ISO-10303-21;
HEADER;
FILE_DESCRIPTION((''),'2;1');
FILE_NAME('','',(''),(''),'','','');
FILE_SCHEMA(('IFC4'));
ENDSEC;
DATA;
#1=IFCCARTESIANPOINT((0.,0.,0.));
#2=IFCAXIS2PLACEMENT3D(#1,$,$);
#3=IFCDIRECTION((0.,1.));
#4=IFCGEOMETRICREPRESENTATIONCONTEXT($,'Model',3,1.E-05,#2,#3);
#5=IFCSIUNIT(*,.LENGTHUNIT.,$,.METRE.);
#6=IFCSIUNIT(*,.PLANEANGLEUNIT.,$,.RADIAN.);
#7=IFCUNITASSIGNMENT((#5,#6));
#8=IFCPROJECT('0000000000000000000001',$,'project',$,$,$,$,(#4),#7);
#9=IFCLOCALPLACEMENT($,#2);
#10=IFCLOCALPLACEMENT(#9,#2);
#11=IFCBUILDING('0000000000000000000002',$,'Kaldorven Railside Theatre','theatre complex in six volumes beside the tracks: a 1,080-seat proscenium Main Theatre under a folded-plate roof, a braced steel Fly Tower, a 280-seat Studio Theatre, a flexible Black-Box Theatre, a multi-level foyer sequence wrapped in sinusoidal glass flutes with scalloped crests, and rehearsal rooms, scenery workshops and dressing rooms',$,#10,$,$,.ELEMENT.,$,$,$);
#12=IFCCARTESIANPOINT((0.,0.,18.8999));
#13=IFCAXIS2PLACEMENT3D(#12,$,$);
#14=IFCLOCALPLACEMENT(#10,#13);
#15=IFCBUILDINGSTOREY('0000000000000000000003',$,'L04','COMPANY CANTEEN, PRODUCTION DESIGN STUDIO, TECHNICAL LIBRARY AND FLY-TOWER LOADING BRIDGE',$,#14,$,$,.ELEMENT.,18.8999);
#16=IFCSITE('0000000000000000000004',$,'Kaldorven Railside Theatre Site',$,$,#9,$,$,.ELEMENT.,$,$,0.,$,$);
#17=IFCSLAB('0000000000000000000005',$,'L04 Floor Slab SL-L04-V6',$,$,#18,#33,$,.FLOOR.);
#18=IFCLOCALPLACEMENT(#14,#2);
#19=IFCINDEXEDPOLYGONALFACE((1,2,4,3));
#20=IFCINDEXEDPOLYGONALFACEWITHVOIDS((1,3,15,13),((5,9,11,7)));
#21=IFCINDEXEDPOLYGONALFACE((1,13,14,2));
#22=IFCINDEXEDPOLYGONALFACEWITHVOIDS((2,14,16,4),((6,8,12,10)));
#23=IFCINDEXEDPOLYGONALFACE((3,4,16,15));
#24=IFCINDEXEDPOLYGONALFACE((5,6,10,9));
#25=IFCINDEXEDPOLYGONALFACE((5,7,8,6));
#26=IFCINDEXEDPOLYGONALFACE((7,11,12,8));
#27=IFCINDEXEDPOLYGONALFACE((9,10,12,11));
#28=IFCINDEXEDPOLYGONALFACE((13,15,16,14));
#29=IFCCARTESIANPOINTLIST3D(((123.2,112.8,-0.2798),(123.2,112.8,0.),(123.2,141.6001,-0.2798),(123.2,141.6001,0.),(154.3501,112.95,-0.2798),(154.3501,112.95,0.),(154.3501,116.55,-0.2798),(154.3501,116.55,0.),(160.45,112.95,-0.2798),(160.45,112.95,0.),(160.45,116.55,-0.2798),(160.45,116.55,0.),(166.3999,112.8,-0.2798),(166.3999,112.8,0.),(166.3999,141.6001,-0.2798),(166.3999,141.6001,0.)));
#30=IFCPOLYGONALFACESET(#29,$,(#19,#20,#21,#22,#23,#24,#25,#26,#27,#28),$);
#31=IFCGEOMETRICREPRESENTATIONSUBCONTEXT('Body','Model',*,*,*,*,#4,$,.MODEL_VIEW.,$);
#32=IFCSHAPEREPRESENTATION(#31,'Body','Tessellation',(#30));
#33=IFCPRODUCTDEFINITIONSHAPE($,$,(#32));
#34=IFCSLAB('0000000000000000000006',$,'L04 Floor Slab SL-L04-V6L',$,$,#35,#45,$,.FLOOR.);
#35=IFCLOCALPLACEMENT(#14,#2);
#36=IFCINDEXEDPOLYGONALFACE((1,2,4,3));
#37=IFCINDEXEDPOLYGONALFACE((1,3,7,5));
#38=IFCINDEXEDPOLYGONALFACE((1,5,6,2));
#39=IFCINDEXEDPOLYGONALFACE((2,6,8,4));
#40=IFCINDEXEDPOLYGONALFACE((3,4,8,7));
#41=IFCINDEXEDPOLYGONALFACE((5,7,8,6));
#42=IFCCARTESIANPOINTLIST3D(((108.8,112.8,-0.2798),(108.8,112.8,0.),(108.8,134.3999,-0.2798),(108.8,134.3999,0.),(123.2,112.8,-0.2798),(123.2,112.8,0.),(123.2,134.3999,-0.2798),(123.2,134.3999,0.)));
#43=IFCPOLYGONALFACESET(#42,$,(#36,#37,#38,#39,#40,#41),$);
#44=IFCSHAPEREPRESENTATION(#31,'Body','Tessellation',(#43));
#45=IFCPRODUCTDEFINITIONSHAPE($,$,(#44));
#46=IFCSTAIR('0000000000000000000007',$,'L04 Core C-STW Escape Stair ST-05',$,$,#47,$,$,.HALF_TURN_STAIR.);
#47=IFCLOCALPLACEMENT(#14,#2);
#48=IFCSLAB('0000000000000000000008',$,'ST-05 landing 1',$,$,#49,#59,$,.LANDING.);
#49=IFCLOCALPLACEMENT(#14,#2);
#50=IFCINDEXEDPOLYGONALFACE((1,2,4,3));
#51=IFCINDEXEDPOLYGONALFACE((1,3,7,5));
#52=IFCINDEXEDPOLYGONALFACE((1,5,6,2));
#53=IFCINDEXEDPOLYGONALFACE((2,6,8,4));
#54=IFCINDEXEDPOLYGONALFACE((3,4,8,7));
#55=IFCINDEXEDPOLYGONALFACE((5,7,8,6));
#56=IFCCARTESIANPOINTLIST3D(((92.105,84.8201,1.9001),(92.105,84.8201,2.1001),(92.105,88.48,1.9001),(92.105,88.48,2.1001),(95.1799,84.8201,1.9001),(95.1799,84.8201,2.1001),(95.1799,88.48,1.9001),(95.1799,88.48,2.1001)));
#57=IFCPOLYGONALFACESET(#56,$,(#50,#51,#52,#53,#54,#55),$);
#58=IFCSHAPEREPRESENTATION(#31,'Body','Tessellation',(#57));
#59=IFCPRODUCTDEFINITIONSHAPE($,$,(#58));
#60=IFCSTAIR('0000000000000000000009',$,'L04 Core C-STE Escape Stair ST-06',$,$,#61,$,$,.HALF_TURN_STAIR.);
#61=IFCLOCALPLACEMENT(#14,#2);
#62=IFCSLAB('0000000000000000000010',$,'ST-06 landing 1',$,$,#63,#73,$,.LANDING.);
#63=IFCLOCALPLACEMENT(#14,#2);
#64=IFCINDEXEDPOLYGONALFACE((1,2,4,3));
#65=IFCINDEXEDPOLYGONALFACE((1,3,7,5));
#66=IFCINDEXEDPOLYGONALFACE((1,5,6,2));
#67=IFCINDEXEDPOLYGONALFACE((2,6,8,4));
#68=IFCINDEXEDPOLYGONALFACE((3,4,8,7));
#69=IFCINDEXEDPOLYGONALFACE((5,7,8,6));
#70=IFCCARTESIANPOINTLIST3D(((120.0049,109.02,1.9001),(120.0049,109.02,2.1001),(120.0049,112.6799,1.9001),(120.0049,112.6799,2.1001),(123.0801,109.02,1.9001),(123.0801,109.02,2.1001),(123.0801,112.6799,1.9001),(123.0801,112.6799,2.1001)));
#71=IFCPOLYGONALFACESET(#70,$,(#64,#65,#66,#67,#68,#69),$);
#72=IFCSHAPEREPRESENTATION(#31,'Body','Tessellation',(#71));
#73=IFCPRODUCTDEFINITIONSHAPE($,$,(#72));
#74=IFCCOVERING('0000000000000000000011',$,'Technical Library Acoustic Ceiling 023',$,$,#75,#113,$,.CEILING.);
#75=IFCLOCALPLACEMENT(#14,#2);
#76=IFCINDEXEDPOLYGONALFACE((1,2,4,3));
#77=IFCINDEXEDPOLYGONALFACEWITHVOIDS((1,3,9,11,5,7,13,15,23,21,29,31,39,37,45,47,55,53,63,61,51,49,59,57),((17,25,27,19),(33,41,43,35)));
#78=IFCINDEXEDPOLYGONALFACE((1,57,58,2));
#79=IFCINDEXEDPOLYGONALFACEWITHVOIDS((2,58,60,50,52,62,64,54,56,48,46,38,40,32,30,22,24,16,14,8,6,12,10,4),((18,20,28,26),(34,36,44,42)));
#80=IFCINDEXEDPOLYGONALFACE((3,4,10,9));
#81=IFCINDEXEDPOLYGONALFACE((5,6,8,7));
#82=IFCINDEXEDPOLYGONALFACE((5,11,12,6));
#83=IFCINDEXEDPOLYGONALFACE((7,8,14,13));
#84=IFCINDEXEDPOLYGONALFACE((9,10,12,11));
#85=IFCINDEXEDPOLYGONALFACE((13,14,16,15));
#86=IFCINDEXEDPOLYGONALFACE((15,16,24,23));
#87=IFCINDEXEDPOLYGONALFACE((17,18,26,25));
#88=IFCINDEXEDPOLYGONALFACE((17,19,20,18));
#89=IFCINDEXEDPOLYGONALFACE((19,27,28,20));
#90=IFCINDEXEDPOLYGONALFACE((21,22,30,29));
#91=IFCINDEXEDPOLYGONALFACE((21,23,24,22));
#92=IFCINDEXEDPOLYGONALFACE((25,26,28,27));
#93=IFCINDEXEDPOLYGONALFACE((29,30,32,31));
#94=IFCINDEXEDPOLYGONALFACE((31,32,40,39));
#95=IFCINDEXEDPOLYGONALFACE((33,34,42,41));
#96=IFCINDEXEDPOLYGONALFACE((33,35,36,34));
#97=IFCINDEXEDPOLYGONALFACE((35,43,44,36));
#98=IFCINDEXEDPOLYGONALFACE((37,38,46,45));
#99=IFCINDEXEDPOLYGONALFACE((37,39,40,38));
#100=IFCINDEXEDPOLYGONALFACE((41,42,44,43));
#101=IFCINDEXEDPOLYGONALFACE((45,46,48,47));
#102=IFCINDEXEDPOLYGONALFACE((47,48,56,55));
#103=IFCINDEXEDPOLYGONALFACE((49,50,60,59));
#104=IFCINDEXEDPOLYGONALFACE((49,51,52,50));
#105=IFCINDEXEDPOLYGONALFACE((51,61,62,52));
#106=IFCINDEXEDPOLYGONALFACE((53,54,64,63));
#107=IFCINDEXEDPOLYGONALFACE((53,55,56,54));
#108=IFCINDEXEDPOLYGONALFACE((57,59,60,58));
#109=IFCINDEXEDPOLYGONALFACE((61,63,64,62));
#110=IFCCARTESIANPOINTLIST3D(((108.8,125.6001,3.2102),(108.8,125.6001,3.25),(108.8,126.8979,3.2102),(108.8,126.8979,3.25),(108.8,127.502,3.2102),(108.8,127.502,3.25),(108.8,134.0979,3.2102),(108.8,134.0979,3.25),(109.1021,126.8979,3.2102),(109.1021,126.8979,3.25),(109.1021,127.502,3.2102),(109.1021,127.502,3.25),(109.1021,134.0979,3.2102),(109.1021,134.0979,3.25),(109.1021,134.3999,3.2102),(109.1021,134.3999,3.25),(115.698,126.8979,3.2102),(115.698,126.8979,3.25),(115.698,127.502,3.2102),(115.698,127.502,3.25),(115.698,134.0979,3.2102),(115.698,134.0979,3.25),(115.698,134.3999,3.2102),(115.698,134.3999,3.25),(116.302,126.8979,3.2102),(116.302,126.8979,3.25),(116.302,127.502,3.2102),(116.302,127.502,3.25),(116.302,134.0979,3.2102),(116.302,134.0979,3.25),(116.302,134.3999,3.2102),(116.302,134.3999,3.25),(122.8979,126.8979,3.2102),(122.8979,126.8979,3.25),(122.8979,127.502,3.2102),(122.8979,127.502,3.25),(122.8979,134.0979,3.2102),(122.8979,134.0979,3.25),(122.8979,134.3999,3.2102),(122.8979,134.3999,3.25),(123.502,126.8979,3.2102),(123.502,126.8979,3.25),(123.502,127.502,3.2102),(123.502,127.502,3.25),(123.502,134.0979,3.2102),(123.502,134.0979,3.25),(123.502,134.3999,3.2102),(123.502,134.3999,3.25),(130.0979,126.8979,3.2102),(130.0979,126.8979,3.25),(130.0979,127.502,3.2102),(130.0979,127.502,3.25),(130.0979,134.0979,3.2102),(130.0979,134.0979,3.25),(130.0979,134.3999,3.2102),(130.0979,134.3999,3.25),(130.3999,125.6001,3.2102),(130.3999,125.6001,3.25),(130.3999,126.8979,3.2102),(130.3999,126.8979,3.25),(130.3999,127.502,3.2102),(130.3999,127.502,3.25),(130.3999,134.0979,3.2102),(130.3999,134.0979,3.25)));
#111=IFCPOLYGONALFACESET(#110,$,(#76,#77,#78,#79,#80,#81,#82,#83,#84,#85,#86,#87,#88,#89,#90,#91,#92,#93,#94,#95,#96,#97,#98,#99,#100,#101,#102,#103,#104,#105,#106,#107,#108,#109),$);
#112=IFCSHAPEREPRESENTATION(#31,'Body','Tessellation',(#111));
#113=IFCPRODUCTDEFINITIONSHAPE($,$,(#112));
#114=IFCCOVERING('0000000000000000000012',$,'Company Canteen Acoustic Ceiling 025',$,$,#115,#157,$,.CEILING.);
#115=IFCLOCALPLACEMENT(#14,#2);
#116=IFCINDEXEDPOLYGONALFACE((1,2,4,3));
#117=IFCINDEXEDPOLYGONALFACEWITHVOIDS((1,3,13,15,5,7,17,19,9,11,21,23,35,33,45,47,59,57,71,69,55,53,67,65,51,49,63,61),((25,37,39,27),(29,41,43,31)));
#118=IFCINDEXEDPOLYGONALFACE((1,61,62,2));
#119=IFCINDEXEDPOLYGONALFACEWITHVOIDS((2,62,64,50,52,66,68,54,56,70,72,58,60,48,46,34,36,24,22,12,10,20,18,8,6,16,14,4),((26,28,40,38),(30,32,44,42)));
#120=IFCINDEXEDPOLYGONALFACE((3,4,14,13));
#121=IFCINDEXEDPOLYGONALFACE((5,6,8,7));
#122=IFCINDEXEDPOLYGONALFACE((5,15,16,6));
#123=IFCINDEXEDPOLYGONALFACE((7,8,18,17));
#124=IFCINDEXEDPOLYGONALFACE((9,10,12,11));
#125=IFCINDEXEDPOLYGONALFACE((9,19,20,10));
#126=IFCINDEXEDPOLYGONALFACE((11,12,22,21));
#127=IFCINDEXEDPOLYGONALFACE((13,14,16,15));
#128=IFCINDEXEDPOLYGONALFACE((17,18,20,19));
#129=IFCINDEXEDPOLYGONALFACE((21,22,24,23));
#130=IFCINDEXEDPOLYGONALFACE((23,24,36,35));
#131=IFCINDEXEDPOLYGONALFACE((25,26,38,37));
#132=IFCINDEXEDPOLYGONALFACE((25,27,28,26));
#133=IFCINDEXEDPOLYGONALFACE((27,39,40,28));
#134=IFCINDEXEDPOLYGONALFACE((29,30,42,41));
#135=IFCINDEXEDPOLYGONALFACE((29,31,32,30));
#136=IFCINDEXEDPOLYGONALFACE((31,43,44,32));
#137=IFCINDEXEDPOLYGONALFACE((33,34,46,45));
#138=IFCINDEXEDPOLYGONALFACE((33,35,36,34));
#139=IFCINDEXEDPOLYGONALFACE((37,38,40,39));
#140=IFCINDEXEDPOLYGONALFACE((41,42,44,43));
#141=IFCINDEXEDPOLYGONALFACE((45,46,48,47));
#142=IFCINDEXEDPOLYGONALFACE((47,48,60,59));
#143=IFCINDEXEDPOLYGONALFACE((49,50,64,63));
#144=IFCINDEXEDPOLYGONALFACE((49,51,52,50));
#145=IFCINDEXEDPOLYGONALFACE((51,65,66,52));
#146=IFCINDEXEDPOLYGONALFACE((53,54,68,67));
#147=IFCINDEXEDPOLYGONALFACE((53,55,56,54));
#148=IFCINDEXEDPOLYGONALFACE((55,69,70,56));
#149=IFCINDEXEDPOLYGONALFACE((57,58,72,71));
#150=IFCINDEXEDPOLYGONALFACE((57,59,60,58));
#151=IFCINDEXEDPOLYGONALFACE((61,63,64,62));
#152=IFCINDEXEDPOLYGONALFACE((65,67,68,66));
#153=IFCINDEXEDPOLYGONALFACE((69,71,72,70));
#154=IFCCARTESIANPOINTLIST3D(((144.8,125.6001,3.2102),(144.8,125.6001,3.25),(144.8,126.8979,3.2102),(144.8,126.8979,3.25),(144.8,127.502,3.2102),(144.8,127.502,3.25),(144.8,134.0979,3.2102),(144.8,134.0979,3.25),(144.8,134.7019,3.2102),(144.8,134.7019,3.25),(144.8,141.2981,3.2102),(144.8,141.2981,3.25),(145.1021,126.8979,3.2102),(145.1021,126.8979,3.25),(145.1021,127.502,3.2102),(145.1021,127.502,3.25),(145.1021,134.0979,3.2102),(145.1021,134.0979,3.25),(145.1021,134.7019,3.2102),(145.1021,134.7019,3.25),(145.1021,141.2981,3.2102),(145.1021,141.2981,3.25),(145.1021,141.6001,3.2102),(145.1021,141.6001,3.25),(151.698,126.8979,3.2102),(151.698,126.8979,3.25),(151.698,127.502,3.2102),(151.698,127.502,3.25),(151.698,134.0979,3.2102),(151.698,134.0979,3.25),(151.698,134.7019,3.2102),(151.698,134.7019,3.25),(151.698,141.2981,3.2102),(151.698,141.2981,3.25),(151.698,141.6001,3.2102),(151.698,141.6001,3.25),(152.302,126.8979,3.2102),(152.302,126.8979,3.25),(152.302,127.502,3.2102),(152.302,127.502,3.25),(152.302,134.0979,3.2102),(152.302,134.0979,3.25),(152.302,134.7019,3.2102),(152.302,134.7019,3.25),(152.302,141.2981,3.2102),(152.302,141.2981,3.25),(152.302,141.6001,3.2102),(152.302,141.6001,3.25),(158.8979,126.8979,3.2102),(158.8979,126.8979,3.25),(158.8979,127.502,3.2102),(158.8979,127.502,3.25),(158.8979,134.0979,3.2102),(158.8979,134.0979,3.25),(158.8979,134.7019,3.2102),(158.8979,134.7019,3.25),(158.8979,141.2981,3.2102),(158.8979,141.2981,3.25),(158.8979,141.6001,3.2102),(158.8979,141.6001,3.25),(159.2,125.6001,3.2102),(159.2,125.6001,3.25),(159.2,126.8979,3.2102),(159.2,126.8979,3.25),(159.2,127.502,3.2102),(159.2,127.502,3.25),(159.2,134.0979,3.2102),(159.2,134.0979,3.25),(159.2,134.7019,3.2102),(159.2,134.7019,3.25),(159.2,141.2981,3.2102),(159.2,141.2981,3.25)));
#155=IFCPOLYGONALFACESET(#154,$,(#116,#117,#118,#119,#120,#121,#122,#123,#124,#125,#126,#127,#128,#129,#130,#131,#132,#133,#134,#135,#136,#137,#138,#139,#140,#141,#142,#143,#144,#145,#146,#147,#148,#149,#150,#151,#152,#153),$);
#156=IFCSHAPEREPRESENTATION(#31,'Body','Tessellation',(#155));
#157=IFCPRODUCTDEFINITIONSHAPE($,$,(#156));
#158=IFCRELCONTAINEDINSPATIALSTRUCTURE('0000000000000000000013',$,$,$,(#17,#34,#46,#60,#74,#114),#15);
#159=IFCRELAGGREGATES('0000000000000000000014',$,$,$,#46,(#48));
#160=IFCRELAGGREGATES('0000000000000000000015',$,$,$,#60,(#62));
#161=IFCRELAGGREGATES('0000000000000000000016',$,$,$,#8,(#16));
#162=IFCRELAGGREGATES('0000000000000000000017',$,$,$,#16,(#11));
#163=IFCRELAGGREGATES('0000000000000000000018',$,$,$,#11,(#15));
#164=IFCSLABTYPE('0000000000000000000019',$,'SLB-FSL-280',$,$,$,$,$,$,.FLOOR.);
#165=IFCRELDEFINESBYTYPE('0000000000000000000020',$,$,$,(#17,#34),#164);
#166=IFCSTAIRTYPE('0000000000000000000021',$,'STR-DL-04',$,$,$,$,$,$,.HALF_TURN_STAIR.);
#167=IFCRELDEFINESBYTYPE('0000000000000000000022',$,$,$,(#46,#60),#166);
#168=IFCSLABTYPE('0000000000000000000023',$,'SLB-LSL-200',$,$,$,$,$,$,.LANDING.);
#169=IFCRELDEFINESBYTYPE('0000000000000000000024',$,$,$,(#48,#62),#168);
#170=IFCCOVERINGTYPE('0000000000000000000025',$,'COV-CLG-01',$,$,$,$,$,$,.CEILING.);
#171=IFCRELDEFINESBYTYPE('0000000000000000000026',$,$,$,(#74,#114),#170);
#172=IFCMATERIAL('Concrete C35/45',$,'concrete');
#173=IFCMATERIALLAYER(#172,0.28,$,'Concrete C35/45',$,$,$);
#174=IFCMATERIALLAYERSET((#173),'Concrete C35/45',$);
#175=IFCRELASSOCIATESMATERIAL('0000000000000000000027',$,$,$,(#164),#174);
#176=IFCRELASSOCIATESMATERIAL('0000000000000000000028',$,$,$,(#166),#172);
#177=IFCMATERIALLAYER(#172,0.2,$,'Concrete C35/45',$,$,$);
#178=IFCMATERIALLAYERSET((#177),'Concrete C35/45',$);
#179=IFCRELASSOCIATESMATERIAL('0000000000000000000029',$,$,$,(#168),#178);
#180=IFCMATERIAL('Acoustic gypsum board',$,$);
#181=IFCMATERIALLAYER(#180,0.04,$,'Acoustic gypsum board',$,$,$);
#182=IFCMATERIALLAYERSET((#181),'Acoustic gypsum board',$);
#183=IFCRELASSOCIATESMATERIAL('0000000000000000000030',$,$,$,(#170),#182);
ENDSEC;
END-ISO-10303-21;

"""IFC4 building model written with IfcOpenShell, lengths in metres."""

from ifc_helpers import new_model, si_unit, direction, frame, origin, place, context, subcontext, project, spatial, polyline, outline, extrude, material, layer, layer_set, type_object, element, aggregate, save


model = new_model("IFC4")

# Units and contexts
model_context = context("Model", 3, precision=1e-05, world=origin(), true_north=direction((0.0, 1.0)))
body_context = subcontext(model_context, "Body", "Model", "MODEL_VIEW")
ifc_project = project(units=[si_unit("LENGTHUNIT", "METRE"), si_unit("PLANEANGLEUNIT", "RADIAN")], contexts=[model_context])

# Site, building, storey
site_placement = place(None, origin())
site = spatial("IfcSite", under=ifc_project, at=site_placement, Name="Kaldorven Railside Theatre Site", CompositionType="ELEMENT", RefElevation=0.0)
building_placement = place(site_placement, origin())
building = spatial("IfcBuilding", under=site, at=building_placement, Name="Kaldorven Railside Theatre", Description="theatre complex in six volumes beside the tracks: a 1,080-seat proscenium Main Theatre under a folded-plate roof, a braced steel Fly Tower, a 280-seat Studio Theatre, a flexible Black-Box Theatre, a multi-level foyer sequence wrapped in sinusoidal glass flutes with scalloped crests, and rehearsal rooms, scenery workshops and dressing rooms", CompositionType="ELEMENT")
storey_placement = place(building_placement, frame((0.0, 0.0, 18.8999)))
storey = spatial("IfcBuildingStorey", under=building, at=storey_placement, Name="L04", Description="COMPANY CANTEEN, PRODUCTION DESIGN STUDIO, TECHNICAL LIBRARY AND FLY-TOWER LOADING BRIDGE", CompositionType="ELEMENT", Elevation=18.8999)

# Slabs
ifc_material_1 = material(Name="Concrete C35/45", Category="concrete")
ifc_layer_1 = layer(ifc_material_1, 0.28, Name="Concrete C35/45")
ifc_layer_set_1 = layer_set([ifc_layer_1], Name="Concrete C35/45")
slab_type_1 = type_object("IfcSlabType", Name="SLB-FSL-280", PredefinedType="FLOOR", material=ifc_layer_set_1)
slab_1_placement = place(storey_placement, frame((0.0, 0.0, -0.2798)))
element("IfcSlab", 1, at=slab_1_placement, inside=storey, type_object=slab_type_1, Name="L04 Floor Slab SL-L04-V6", PredefinedType="FLOOR", context=body_context, shape_type="SweptSolid", body=[
    extrude(outline(polyline([(123.2, 112.8), (166.3999, 112.8), (166.3999, 141.6001), (123.2, 141.6001), (123.2, 112.8)]), holes=[polyline([(154.3501, 112.95), (160.45, 112.95), (160.45, 116.55), (154.3501, 116.55), (154.3501, 112.95)])]), origin(), (0.0, 0.0, 1.0), 0.2798),
])
slab_2_placement = place(storey_placement, frame((0.0, 0.0, -0.2798)))
element("IfcSlab", 2, at=slab_2_placement, inside=storey, type_object=slab_type_1, Name="L04 Floor Slab SL-L04-V6L", PredefinedType="FLOOR", context=body_context, shape_type="SweptSolid", body=[
    extrude(outline(polyline([(108.8, 112.8), (123.2, 112.8), (123.2, 134.3999), (108.8, 134.3999), (108.8, 112.8)])), origin(), (0.0, 0.0, 1.0), 0.2798),
])

# Stairs, slabs
stair_type = type_object("IfcStairType", Name="STR-DL-04", PredefinedType="HALF_TURN_STAIR", material=ifc_material_1)
stair_1_placement = place(storey_placement, origin())
stair_1 = element("IfcStair", 3, at=stair_1_placement, inside=storey, type_object=stair_type, Name="L04 Core C-STW Escape Stair ST-05", PredefinedType="HALF_TURN_STAIR")
ifc_layer_2 = layer(ifc_material_1, 0.2, Name="Concrete C35/45")
ifc_layer_set_2 = layer_set([ifc_layer_2], Name="Concrete C35/45")
slab_type_2 = type_object("IfcSlabType", Name="SLB-LSL-200", PredefinedType="LANDING", material=ifc_layer_set_2)
slab_3_placement = place(storey_placement, frame((0.0, 0.0, 1.9001)))
slab_3 = element("IfcSlab", 4, at=slab_3_placement, type_object=slab_type_2, Name="ST-05 landing 1", PredefinedType="LANDING", context=body_context, shape_type="SweptSolid", body=[
    extrude(outline(polyline([(92.105, 84.8201), (95.1799, 84.8201), (95.1799, 88.48), (92.105, 88.48), (92.105, 84.8201)])), origin(), (0.0, 0.0, 1.0), 0.2),
])
aggregate(stair_1, [slab_3])
stair_2_placement = place(storey_placement, origin())
stair_2 = element("IfcStair", 5, at=stair_2_placement, inside=storey, type_object=stair_type, Name="L04 Core C-STE Escape Stair ST-06", PredefinedType="HALF_TURN_STAIR")
slab_4_placement = place(storey_placement, frame((0.0, 0.0, 1.9001)))
slab_4 = element("IfcSlab", 6, at=slab_4_placement, type_object=slab_type_2, Name="ST-06 landing 1", PredefinedType="LANDING", context=body_context, shape_type="SweptSolid", body=[
    extrude(outline(polyline([(120.0049, 109.02), (123.0801, 109.02), (123.0801, 112.6799), (120.0049, 112.6799), (120.0049, 109.02)])), origin(), (0.0, 0.0, 1.0), 0.2),
])
aggregate(stair_2, [slab_4])

# Coverings
ifc_material_2 = material(Name="Acoustic gypsum board")
ifc_layer_3 = layer(ifc_material_2, 0.04, Name="Acoustic gypsum board")
ifc_layer_set_3 = layer_set([ifc_layer_3], Name="Acoustic gypsum board")
covering_type_1 = type_object("IfcCoveringType", Name="COV-CLG-01", PredefinedType="CEILING", material=ifc_layer_set_3)
covering_1_placement = place(storey_placement, frame((0.0, 0.0, 3.2102)))
element("IfcCovering", 7, at=covering_1_placement, inside=storey, type_object=covering_type_1, Name="Technical Library Acoustic Ceiling 023", PredefinedType="CEILING", context=body_context, shape_type="SweptSolid", body=[
    extrude(outline(polyline([(130.3999, 125.6001), (108.8, 125.6001), (108.8, 126.8979), (109.1021, 126.8979), (109.1021, 127.502), (108.8, 127.502), (108.8, 134.0979), (109.1021, 134.0979), (109.1021, 134.3999), (115.698, 134.3999), (115.698, 134.0979), (116.302, 134.0979), (116.302, 134.3999), (122.8979, 134.3999), (122.8979, 134.0979), (123.502, 134.0979), (123.502, 134.3999), (130.0979, 134.3999), (130.0979, 134.0979), (130.3999, 134.0979), (130.3999, 127.502), (130.0979, 127.502), (130.0979, 126.8979), (130.3999, 126.8979), (130.3999, 125.6001)]), holes=[polyline([(115.698, 126.8979), (116.302, 126.8979), (116.302, 127.502), (115.698, 127.502), (115.698, 126.8979)]), polyline([(122.8979, 126.8979), (123.502, 126.8979), (123.502, 127.502), (122.8979, 127.502), (122.8979, 126.8979)])]), origin(), (0.0, 0.0, 1.0), 0.0398),
])
covering_2_placement = place(storey_placement, frame((0.0, 0.0, 3.2102)))
element("IfcCovering", 8, at=covering_2_placement, inside=storey, type_object=covering_type_1, Name="Company Canteen Acoustic Ceiling 025", PredefinedType="CEILING", context=body_context, shape_type="SweptSolid", body=[
    extrude(outline(polyline([(159.2, 125.6001), (144.8, 125.6001), (144.8, 126.8979), (145.1021, 126.8979), (145.1021, 127.502), (144.8, 127.502), (144.8, 134.0979), (145.1021, 134.0979), (145.1021, 134.7019), (144.8, 134.7019), (144.8, 141.2981), (145.1021, 141.2981), (145.1021, 141.6001), (151.698, 141.6001), (151.698, 141.2981), (152.302, 141.2981), (152.302, 141.6001), (158.8979, 141.6001), (158.8979, 141.2981), (159.2, 141.2981), (159.2, 134.7019), (158.8979, 134.7019), (158.8979, 134.0979), (159.2, 134.0979), (159.2, 127.502), (158.8979, 127.502), (158.8979, 126.8979), (159.2, 126.8979), (159.2, 125.6001)]), holes=[polyline([(151.698, 126.8979), (152.302, 126.8979), (152.302, 127.502), (151.698, 127.502), (151.698, 126.8979)]), polyline([(151.698, 134.0979), (152.302, 134.0979), (152.302, 134.7019), (151.698, 134.7019), (151.698, 134.0979)])]), origin(), (0.0, 0.0, 1.0), 0.0398),
])

save(model, "model.ifc")
